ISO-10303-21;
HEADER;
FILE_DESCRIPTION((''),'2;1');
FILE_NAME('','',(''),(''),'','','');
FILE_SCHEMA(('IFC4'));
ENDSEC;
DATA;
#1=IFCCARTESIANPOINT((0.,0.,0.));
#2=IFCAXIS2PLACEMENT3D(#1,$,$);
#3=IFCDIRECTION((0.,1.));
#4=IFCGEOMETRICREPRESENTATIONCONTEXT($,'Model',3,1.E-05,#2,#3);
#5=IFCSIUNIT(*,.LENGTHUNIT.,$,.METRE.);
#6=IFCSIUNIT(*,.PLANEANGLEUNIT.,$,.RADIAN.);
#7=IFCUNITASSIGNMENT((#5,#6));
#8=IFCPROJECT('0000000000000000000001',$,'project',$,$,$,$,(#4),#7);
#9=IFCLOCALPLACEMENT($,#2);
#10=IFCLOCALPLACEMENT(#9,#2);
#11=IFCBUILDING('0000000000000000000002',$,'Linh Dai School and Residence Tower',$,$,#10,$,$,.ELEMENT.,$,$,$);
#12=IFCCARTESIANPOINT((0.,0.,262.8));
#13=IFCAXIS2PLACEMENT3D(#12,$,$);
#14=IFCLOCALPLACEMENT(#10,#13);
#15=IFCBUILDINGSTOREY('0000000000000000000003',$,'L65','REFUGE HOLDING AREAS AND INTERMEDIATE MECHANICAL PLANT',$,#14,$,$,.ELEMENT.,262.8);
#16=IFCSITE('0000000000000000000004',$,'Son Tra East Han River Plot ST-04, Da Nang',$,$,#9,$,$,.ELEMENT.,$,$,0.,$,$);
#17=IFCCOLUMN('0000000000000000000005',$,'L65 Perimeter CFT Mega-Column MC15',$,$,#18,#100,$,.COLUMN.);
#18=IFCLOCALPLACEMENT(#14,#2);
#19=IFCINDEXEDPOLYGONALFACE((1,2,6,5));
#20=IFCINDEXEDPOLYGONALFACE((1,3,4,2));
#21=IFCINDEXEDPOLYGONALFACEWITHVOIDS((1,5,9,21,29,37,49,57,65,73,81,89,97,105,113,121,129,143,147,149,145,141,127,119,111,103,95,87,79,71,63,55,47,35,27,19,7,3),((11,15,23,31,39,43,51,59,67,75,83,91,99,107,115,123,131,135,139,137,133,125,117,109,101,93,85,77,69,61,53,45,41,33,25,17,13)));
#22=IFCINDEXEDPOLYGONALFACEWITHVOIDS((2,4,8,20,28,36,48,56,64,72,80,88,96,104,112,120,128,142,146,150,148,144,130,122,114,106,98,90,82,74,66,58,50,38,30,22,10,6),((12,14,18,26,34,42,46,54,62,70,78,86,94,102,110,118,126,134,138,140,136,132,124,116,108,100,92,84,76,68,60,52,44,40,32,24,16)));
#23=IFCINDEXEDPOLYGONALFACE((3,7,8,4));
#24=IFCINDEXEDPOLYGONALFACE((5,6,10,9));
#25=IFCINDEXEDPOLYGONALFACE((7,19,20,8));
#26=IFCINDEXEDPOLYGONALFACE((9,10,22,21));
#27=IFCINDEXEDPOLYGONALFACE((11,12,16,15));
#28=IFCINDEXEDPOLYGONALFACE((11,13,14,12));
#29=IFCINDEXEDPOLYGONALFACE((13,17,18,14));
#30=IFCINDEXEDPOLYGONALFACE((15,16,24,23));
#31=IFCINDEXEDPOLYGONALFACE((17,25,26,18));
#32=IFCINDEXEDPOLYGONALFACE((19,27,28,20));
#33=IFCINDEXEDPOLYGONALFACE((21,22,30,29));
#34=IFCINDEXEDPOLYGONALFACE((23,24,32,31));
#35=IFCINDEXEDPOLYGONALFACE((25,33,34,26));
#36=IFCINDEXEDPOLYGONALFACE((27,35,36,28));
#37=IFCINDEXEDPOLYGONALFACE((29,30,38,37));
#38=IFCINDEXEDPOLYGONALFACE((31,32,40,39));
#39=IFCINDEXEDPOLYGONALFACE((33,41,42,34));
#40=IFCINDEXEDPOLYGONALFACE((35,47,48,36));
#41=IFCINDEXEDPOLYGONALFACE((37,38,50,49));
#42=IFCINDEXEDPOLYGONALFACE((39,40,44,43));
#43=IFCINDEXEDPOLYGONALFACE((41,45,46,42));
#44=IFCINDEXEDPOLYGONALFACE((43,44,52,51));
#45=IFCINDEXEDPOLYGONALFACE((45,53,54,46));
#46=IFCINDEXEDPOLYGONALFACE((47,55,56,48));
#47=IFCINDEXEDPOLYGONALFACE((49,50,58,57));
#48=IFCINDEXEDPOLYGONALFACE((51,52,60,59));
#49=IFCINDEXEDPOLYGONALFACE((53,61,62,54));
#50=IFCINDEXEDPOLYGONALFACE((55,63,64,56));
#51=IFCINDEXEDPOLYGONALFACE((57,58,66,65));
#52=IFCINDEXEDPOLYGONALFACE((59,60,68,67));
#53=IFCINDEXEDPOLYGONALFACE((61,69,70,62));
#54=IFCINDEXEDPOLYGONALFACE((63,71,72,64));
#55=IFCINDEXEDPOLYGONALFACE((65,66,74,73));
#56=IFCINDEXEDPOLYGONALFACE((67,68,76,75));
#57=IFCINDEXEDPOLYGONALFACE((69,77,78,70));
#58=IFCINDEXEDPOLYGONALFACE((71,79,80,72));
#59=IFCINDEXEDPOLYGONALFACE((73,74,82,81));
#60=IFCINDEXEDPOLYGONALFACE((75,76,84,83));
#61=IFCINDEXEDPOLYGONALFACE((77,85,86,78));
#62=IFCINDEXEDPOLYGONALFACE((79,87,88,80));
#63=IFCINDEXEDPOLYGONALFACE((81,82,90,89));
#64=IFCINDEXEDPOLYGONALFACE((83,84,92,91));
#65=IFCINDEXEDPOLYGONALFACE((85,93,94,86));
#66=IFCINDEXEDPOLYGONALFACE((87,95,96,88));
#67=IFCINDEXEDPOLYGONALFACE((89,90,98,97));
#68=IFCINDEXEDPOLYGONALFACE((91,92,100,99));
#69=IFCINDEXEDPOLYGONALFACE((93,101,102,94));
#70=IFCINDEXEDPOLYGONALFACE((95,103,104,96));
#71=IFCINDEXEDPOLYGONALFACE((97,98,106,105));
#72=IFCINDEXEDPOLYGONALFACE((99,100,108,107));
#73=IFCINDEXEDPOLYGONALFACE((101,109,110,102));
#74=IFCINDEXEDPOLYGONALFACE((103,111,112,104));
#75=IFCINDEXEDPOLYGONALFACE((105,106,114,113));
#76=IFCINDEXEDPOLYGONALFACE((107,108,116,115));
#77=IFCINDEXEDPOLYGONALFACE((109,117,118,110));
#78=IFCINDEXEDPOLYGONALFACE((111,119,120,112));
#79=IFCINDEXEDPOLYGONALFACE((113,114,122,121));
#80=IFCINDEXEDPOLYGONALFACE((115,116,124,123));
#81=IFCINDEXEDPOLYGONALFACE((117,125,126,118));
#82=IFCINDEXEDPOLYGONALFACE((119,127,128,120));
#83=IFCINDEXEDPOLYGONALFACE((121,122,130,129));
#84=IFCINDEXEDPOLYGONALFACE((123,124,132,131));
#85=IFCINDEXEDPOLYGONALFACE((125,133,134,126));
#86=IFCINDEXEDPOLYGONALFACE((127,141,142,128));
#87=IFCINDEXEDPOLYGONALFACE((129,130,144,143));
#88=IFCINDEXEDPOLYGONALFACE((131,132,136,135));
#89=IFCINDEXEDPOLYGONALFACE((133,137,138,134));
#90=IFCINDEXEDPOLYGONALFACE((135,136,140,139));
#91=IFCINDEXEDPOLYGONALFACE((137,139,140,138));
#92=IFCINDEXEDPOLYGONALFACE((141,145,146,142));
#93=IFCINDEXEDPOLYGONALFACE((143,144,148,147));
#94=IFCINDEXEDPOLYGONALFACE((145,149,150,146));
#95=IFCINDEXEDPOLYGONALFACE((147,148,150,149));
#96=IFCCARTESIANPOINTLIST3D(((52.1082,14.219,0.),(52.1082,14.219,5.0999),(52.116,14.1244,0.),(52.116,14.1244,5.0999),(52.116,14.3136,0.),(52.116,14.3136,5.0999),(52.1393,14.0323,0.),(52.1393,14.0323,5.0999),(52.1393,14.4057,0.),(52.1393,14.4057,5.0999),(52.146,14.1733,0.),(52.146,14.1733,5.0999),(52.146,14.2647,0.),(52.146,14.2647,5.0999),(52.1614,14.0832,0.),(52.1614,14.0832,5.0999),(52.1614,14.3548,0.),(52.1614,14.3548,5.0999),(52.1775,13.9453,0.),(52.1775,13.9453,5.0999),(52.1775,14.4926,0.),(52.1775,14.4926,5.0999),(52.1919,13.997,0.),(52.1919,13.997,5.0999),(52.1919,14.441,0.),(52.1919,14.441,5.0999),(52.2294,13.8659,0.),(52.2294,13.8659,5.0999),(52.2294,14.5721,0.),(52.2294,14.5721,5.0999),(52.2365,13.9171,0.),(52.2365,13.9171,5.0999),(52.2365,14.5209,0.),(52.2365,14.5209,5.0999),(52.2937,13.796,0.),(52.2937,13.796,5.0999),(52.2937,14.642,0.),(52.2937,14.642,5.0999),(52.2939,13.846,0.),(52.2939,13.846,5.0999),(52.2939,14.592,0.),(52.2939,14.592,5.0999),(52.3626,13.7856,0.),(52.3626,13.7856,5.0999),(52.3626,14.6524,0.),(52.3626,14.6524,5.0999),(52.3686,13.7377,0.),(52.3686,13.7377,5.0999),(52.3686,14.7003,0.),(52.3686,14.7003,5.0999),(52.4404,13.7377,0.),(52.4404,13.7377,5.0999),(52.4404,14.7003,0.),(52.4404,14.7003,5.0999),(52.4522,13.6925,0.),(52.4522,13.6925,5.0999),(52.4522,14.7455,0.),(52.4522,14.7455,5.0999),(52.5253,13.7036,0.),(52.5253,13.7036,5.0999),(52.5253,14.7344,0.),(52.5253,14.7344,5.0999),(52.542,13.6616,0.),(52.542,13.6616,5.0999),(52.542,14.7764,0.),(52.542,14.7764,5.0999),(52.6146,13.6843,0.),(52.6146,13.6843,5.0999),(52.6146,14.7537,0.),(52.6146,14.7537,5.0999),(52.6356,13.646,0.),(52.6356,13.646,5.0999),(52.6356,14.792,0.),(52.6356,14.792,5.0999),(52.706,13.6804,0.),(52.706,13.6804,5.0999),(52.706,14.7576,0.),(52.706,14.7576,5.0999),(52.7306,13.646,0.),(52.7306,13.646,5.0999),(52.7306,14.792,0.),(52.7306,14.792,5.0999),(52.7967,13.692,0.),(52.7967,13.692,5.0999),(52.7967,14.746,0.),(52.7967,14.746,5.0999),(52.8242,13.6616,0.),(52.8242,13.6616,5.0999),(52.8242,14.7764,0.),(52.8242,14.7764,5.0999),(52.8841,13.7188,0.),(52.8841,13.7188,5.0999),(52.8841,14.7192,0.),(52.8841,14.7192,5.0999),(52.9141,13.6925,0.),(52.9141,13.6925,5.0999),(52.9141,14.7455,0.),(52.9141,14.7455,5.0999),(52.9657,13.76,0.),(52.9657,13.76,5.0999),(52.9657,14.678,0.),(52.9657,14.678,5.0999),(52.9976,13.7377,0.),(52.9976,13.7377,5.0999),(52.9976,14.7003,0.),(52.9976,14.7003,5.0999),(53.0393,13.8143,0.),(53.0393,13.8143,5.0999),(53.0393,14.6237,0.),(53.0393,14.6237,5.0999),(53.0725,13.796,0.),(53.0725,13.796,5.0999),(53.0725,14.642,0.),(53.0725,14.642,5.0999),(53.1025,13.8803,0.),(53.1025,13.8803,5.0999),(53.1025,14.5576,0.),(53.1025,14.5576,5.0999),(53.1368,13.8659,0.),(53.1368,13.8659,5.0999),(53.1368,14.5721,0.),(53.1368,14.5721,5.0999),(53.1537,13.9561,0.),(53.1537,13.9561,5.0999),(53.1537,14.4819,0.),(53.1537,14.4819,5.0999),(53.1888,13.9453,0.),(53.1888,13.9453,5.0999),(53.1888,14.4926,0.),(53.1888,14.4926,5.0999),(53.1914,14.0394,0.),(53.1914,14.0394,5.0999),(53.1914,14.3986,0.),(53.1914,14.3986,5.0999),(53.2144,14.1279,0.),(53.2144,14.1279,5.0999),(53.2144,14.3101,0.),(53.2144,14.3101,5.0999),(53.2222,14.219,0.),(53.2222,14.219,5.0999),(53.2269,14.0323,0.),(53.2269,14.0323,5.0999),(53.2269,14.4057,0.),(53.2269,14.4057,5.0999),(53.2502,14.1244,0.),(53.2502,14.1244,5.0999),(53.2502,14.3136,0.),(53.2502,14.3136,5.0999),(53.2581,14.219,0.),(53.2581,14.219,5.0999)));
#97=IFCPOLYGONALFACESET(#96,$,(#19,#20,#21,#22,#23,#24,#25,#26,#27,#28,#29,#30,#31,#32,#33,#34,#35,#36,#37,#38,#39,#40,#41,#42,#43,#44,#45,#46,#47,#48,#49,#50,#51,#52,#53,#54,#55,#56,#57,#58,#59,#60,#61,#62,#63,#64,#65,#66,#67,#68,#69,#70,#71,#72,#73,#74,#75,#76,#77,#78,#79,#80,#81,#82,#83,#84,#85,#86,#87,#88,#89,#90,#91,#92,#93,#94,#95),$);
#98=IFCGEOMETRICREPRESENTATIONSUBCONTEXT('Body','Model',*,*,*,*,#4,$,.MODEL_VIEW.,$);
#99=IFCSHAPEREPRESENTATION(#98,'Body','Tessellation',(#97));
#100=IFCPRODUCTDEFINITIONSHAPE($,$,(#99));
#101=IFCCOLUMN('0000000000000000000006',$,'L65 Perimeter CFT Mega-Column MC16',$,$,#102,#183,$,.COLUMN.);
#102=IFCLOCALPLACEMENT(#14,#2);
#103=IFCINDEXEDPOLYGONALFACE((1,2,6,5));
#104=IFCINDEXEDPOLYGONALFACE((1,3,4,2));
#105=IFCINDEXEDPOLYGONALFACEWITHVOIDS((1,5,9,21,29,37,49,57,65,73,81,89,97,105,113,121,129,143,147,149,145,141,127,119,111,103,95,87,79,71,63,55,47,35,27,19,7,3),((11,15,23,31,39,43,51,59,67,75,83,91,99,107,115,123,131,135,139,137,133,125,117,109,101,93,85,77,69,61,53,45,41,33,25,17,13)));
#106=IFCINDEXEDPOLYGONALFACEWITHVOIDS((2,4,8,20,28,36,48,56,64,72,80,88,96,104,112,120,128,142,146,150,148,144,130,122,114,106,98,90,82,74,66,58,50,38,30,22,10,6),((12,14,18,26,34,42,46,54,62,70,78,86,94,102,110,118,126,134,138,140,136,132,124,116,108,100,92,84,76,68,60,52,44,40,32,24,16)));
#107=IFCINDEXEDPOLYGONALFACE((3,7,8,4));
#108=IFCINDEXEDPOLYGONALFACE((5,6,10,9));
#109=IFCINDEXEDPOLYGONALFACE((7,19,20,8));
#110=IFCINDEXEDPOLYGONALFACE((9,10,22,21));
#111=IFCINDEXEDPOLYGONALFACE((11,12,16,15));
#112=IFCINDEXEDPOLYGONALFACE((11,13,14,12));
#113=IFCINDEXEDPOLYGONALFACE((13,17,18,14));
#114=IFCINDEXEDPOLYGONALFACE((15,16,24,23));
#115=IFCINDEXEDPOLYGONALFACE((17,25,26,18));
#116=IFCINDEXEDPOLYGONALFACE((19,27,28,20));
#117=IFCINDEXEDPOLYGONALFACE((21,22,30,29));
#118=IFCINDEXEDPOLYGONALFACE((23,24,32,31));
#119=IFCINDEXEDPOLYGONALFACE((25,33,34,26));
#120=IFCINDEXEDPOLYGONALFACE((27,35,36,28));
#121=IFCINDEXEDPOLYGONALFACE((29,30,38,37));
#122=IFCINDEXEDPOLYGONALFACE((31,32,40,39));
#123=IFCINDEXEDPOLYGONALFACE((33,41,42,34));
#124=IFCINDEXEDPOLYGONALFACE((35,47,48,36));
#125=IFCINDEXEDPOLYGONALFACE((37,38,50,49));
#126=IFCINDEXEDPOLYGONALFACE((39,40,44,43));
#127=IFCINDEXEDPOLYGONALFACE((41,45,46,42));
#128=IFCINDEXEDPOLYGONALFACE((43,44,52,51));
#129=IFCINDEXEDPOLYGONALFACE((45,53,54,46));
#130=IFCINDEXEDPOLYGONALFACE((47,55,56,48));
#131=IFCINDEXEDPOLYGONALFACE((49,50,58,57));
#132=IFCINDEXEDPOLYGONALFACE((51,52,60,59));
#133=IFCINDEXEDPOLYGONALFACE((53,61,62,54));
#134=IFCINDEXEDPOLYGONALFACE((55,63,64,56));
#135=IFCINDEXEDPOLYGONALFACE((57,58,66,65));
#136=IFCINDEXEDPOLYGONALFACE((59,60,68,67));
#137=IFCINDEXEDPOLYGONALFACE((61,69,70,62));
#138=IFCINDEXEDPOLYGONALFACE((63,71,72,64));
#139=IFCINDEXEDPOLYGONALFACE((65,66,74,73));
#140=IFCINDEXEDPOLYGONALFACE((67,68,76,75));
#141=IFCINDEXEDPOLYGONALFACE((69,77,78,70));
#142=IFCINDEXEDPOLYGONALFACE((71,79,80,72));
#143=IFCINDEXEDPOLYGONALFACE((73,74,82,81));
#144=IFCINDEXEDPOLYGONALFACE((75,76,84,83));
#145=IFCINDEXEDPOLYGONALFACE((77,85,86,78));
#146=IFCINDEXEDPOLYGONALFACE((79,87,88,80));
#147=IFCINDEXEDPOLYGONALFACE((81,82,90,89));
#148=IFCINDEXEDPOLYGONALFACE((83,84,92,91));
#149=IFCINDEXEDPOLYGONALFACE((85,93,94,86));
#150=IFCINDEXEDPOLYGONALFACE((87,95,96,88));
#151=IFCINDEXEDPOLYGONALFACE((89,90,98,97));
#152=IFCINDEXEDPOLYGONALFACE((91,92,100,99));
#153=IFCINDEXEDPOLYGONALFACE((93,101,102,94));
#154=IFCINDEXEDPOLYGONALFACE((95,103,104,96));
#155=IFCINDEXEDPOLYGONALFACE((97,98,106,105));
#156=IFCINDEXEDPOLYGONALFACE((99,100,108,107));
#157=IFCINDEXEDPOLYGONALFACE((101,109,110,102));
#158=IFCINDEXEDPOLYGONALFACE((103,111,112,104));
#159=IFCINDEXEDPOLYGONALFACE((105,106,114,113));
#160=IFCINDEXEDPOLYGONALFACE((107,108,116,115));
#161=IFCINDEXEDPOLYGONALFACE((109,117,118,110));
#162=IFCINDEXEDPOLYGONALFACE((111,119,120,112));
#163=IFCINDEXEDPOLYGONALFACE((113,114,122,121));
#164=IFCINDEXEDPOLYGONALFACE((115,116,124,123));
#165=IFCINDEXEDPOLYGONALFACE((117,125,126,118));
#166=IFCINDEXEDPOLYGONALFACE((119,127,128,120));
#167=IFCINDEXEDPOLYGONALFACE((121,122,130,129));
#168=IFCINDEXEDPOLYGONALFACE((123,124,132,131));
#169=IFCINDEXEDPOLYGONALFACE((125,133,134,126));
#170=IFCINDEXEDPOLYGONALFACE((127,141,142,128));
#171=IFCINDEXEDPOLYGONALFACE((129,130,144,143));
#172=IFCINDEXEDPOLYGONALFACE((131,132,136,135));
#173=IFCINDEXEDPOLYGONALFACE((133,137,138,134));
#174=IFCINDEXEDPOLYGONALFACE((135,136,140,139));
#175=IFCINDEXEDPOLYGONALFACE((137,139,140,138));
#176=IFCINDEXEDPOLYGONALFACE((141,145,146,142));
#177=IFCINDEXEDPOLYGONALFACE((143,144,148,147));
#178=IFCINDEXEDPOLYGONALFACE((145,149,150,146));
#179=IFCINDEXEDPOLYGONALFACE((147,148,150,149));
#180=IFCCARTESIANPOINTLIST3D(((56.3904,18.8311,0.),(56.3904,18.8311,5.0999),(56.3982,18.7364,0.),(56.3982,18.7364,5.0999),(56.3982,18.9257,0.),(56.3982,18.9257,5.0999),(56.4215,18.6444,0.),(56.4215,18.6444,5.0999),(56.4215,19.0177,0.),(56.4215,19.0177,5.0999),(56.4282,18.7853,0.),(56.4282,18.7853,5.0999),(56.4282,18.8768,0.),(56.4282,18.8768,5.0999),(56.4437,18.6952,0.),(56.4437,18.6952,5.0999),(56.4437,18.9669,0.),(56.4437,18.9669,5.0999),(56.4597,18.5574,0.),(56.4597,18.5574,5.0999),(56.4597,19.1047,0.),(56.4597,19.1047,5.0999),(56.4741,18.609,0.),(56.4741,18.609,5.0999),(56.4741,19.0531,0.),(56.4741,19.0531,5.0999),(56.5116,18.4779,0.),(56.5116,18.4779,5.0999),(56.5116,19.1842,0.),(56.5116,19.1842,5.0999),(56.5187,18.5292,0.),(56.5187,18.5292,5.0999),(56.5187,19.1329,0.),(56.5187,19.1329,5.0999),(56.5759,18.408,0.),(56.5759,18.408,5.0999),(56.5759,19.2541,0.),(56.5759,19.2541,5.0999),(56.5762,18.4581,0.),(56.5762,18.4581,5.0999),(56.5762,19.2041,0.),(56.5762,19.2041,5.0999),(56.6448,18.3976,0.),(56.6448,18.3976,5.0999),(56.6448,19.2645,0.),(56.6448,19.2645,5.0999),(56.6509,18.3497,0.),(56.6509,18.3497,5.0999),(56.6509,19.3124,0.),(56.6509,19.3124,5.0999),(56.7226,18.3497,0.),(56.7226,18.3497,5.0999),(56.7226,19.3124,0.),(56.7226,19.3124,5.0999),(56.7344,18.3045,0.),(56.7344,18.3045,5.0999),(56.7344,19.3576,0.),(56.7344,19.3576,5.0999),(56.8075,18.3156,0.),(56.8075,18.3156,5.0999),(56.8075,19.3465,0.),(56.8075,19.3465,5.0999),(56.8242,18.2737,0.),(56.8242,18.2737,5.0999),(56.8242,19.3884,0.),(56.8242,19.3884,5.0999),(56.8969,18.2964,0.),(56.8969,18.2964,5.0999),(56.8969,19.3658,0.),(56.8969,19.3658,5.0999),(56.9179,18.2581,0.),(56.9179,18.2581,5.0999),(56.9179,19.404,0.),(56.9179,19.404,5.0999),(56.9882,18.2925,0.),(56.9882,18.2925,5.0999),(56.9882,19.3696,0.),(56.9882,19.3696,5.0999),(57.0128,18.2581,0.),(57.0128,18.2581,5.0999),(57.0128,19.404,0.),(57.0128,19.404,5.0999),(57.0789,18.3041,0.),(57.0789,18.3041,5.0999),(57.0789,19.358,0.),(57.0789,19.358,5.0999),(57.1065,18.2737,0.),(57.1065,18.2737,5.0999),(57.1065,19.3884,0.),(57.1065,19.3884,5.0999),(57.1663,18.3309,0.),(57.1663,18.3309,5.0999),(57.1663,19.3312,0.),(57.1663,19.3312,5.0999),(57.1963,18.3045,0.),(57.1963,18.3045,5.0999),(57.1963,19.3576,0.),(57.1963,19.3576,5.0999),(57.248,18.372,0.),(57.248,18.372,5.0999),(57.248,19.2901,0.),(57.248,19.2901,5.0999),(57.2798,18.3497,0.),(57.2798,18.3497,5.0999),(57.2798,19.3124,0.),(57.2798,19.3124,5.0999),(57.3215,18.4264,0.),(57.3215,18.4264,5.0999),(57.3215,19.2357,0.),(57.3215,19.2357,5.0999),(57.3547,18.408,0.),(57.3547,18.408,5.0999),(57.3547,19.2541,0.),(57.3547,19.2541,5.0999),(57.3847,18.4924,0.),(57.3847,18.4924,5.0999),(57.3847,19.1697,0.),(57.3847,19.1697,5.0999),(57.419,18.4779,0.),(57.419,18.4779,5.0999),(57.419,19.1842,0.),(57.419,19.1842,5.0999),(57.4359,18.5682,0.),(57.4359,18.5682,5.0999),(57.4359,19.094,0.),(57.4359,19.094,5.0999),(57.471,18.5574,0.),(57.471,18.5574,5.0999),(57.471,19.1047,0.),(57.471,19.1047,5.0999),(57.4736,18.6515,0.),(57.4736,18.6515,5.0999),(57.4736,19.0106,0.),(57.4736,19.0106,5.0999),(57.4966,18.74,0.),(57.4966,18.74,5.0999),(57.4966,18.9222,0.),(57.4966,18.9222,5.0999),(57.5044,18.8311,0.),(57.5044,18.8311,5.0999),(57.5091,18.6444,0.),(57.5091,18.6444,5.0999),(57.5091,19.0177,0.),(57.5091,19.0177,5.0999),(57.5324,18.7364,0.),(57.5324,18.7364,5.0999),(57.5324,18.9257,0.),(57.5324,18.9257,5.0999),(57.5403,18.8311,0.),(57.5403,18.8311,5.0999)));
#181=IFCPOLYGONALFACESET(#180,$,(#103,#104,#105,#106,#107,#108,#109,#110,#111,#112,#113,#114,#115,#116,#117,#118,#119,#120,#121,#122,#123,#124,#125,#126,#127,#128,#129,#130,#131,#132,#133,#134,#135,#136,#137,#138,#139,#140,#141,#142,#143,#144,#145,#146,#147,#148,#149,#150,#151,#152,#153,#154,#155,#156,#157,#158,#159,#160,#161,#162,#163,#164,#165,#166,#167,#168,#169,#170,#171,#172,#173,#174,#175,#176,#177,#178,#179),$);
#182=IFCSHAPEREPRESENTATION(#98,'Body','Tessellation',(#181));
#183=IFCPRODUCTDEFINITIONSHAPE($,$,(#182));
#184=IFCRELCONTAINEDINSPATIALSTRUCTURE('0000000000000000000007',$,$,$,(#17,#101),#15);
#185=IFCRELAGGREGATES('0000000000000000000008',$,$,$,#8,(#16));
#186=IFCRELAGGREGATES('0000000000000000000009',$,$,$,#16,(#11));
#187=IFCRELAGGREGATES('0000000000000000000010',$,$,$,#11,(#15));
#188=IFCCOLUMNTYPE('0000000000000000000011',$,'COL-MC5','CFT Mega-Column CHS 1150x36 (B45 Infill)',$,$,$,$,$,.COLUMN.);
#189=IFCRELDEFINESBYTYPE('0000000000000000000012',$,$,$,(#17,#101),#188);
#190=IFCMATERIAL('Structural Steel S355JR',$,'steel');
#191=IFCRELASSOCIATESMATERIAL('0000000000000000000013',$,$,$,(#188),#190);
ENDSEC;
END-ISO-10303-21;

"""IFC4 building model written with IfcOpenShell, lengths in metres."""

from ifc_helpers import new_model, si_unit, direction, frame, origin, origin_2d, place, context, subcontext, project, spatial, hollow_circle, extrude, material, material_profile, profile_set, type_object, element, save


model = new_model("IFC4")

# Units and contexts
model_context = context("Model", 3, precision=1e-05, world=origin(), true_north=direction((0.0, 1.0)))
body_context = subcontext(model_context, "Body", "Model", "MODEL_VIEW")
ifc_project = project(units=[si_unit("LENGTHUNIT", "METRE"), si_unit("PLANEANGLEUNIT", "RADIAN")], contexts=[model_context])

# Site, building, storey
site_placement = place(None, origin())
site = spatial("IfcSite", under=ifc_project, at=site_placement, Name="Son Tra East Han River Plot ST-04, Da Nang", CompositionType="ELEMENT", RefElevation=0.0)
building_placement = place(site_placement, origin())
building = spatial("IfcBuilding", under=site, at=building_placement, Name="Linh Dai School and Residence Tower", CompositionType="ELEMENT")
storey_placement = place(building_placement, frame((0.0, 0.0, 262.8)))
storey = spatial("IfcBuildingStorey", under=building, at=storey_placement, Name="L65", Description="REFUGE HOLDING AREAS AND INTERMEDIATE MECHANICAL PLANT", CompositionType="ELEMENT", Elevation=262.8)

# Columns
ifc_material_1 = material(Name="Structural Steel S355JR", Category="steel")
ifc_material_profile_1 = material_profile(ifc_material_1, hollow_circle(Radius=0.575, WallThickness=0.0359, at=origin_2d()), Name="CHS 1150x36")
ifc_profile_set_1 = profile_set([ifc_material_profile_1], Name="Structural Steel S355JR")
column_type = type_object("IfcColumnType", Name="COL-MC5", Description="CFT Mega-Column CHS 1150x36 (B45 Infill)", PredefinedType="COLUMN", material=ifc_profile_set_1)
for number, where, z_axis, x_axis, name in (
    (1, (52.6831, 14.219, 0.0), (0.0, 0.0, 1.0), (1.0, 0.0, 0.0), "L65 Perimeter CFT Mega-Column MC15"),
    (2, (56.9653, 18.8311, 0.0), (0.0, 0.0, 1.0), (1.0, 0.0, 0.0), "L65 Perimeter CFT Mega-Column MC16"),
):
    element("IfcColumn", number, at=place(storey_placement, frame(where, z_axis=z_axis, x_axis=x_axis)), inside=storey, type_object=column_type, Name=name, PredefinedType="COLUMN", context=body_context, shape_type="SweptSolid", body=[
        extrude(hollow_circle(Radius=0.575, WallThickness=0.0359, at=origin_2d()), origin(), (0.0, 0.0, 1.0), 5.0999),
    ])

save(model, "model.ifc")
